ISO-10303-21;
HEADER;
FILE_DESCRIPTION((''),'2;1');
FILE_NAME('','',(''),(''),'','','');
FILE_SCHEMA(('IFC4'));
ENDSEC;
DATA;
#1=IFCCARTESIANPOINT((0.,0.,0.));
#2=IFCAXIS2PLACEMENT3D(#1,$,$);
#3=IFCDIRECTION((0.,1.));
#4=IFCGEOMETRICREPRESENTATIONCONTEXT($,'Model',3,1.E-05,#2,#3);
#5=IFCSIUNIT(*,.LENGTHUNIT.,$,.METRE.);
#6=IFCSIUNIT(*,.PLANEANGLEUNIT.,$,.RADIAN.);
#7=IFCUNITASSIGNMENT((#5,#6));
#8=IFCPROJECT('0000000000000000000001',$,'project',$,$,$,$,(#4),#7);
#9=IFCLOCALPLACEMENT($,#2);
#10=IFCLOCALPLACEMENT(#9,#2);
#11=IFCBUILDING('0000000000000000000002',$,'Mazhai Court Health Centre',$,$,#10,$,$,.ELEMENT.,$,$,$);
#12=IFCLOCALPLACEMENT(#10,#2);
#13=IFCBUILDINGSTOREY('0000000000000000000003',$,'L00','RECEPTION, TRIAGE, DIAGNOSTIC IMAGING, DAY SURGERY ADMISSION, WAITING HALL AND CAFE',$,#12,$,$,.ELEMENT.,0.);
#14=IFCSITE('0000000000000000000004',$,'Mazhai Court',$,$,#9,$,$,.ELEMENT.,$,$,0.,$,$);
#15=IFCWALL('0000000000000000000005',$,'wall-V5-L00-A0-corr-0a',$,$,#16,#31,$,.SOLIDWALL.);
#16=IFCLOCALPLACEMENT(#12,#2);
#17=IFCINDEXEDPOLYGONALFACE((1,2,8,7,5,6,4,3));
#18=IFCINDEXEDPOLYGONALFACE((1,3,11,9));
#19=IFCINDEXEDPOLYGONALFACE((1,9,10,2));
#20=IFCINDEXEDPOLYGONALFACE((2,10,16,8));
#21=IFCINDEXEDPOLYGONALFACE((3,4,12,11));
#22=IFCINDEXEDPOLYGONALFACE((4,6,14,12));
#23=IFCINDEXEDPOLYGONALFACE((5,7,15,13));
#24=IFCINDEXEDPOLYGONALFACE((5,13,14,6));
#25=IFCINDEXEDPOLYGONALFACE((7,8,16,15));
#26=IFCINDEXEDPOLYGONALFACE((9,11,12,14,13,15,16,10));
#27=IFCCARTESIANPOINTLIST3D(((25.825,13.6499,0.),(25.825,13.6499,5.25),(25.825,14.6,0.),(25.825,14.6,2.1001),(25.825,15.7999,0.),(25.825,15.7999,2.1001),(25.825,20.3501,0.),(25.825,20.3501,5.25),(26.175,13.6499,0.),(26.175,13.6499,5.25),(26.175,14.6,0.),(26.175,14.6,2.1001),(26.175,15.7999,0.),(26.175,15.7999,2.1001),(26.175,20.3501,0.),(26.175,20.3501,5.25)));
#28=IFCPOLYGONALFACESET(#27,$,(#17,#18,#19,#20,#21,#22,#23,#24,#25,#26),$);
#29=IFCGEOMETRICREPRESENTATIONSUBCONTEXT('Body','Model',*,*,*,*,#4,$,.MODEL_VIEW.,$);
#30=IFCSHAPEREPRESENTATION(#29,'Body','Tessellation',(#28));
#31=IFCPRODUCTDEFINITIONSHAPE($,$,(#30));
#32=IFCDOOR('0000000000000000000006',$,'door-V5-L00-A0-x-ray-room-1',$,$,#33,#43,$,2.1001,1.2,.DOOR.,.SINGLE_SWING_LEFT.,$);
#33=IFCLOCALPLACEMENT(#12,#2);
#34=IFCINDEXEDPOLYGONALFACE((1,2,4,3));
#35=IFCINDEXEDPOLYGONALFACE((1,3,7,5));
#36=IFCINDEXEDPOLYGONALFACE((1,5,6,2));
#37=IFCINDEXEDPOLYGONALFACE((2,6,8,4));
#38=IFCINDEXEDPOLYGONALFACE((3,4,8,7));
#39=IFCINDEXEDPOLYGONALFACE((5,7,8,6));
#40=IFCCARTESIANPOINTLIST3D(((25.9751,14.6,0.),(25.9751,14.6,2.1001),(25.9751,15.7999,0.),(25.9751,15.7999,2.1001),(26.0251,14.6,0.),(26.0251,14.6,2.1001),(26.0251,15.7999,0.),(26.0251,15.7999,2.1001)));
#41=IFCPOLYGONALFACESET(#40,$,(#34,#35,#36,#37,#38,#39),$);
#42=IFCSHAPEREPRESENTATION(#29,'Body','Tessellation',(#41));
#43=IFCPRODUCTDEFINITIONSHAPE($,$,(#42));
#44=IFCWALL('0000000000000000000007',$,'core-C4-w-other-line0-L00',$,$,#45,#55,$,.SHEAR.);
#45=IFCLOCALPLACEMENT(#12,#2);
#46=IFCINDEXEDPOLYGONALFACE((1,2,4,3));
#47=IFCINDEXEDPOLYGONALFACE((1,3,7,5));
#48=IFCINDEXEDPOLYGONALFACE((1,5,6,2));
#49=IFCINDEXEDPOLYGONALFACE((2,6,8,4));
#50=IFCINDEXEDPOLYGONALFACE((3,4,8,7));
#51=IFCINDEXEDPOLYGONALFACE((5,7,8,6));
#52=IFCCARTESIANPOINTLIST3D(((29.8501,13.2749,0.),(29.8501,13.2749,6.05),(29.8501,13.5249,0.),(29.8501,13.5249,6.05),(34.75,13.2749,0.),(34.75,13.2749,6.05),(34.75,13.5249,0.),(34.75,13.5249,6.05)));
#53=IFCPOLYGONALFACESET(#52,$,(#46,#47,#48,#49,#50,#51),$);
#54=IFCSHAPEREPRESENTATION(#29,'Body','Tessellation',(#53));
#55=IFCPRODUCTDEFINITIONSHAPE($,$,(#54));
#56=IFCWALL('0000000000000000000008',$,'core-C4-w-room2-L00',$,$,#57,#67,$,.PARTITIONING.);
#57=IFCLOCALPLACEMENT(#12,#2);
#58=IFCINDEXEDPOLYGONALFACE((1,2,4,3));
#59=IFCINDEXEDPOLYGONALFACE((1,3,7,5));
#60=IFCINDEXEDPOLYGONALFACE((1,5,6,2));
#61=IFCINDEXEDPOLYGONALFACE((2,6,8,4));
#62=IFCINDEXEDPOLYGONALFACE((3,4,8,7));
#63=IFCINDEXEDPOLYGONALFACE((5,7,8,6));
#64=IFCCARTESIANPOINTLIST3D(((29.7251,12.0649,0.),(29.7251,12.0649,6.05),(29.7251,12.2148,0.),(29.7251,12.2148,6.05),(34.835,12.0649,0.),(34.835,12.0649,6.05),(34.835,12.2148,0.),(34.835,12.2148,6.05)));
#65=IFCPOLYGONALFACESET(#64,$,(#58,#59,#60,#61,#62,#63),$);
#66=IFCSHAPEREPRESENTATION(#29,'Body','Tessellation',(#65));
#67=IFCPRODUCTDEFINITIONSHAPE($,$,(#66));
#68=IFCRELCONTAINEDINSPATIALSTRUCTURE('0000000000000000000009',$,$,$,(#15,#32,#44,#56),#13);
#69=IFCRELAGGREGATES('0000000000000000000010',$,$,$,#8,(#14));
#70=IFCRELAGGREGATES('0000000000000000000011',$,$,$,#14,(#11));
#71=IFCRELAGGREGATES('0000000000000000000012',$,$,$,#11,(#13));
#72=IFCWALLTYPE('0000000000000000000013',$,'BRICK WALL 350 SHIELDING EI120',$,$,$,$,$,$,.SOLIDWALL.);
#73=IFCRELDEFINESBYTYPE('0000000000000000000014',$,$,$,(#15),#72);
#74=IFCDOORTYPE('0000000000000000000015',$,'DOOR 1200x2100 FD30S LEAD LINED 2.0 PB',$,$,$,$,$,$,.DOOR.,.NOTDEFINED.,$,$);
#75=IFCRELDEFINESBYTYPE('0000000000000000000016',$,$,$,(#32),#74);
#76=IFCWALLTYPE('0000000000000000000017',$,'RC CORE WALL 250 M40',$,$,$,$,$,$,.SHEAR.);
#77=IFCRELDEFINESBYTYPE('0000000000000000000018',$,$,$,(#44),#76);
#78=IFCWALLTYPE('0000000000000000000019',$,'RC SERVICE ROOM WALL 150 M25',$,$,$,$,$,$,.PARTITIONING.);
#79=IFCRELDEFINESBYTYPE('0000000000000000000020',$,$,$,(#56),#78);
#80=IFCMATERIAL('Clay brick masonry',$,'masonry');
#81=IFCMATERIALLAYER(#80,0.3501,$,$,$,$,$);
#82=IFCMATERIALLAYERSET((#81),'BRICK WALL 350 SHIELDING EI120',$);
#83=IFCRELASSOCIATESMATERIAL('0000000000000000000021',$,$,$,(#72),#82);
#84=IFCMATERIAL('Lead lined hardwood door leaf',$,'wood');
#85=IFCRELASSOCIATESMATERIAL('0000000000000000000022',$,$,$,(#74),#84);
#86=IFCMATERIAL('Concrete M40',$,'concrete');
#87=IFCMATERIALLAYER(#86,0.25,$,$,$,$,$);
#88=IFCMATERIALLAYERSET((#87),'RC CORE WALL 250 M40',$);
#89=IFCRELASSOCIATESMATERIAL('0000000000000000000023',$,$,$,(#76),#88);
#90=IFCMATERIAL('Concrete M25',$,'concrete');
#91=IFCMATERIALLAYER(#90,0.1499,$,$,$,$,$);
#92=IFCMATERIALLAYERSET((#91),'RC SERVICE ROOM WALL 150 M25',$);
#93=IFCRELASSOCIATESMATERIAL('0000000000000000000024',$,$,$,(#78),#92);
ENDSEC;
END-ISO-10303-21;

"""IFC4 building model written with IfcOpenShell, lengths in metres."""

from ifc_helpers import new_model, si_unit, direction, frame, frame_2d, origin, place, context, subcontext, project, spatial, rectangle, extrude, material, layer, layer_set, type_object, element, fill, save


model = new_model("IFC4")

# Units and contexts
model_context = context("Model", 3, precision=1e-05, world=origin(), true_north=direction((0.0, 1.0)))
body_context = subcontext(model_context, "Body", "Model", "MODEL_VIEW")
ifc_project = project(units=[si_unit("LENGTHUNIT", "METRE"), si_unit("PLANEANGLEUNIT", "RADIAN")], contexts=[model_context])

# Site, building, storey
site_placement = place(None, origin())
site = spatial("IfcSite", under=ifc_project, at=site_placement, Name="Mazhai Court", CompositionType="ELEMENT", RefElevation=0.0)
building_placement = place(site_placement, origin())
building = spatial("IfcBuilding", under=site, at=building_placement, Name="Mazhai Court Health Centre", CompositionType="ELEMENT")
storey_placement = place(building_placement, origin())
storey = spatial("IfcBuildingStorey", under=building, at=storey_placement, Name="L00", Description="RECEPTION, TRIAGE, DIAGNOSTIC IMAGING, DAY SURGERY ADMISSION, WAITING HALL AND CAFE", CompositionType="ELEMENT", Elevation=0.0)

# Wall, opening, door
ifc_material_1 = material(Name="Clay brick masonry", Category="masonry")
ifc_layer_1 = layer(ifc_material_1, 0.3501)
ifc_layer_set_1 = layer_set([ifc_layer_1], Name="BRICK WALL 350 SHIELDING EI120")
wall_type_1 = type_object("IfcWallType", Name="BRICK WALL 350 SHIELDING EI120", PredefinedType="SOLIDWALL", material=ifc_layer_set_1)
wall_1_placement = place(storey_placement, frame((26.0, 13.6499, 0.0), z_axis=(0.0, 0.0, 1.0), x_axis=(0.0, 1.0, 0.0)))
wall_1 = element("IfcWall", 1, at=wall_1_placement, inside=storey, type_object=wall_type_1, Name="wall-V5-L00-A0-corr-0a", PredefinedType="SOLIDWALL", context=body_context, shape_type="SweptSolid", body=[
    extrude(rectangle(XDim=6.7002, YDim=0.3501, at=frame_2d((3.3501, 0.0))), origin(), (0.0, 0.0, 1.0), 5.25),
])
opening_1_placement = place(wall_1_placement, frame((0.95, 0.0, 0.0)))
opening_1 = element("IfcOpeningElement", 2, at=opening_1_placement, cuts=wall_1, PredefinedType="OPENING", context=body_context, shape_type="SweptSolid", body=[
    extrude(rectangle(XDim=1.2, YDim=2.1001, at=frame_2d((0.6001, 1.05))), frame((0.0, 0.1851, 0.0), z_axis=(0.0, -1.0, 0.0), x_axis=(1.0, 0.0, 0.0)), (0.0, 0.0, 1.0), 0.3701),
])
ifc_material_2 = material(Name="Lead lined hardwood door leaf", Category="wood")
door_type_1 = type_object("IfcDoorType", Name="DOOR 1200x2100 FD30S LEAD LINED 2.0 PB", OperationType="NOTDEFINED", PredefinedType="DOOR", material=ifc_material_2)
door_1_placement = place(opening_1_placement, origin())
door_1 = element("IfcDoor", 3, at=door_1_placement, inside=storey, type_object=door_type_1, Name="door-V5-L00-A0-x-ray-room-1", OperationType="SINGLE_SWING_LEFT", OverallHeight=2.1001, OverallWidth=1.2, PredefinedType="DOOR", context=body_context, shape_type="SweptSolid", body=[
    extrude(rectangle(XDim=1.2, YDim=2.1001, at=frame_2d((0.6001, 1.05))), frame((0.0, 0.0249, 0.0), z_axis=(0.0, -1.0, 0.0), x_axis=(1.0, 0.0, 0.0)), (0.0, 0.0, 1.0), 0.05),
])
fill(opening_1, door_1)

# Walls
ifc_material_3 = material(Name="Concrete M40", Category="concrete")
ifc_layer_2 = layer(ifc_material_3, 0.25)
ifc_layer_set_2 = layer_set([ifc_layer_2], Name="RC CORE WALL 250 M40")
wall_type_2 = type_object("IfcWallType", Name="RC CORE WALL 250 M40", PredefinedType="SHEAR", material=ifc_layer_set_2)
wall_2_placement = place(storey_placement, frame((29.8501, 13.3999, 0.0), z_axis=(0.0, 0.0, 1.0), x_axis=(1.0, 0.0, 0.0)))
element("IfcWall", 4, at=wall_2_placement, inside=storey, type_object=wall_type_2, Name="core-C4-w-other-line0-L00", PredefinedType="SHEAR", context=body_context, shape_type="SweptSolid", body=[
    extrude(rectangle(XDim=4.8999, YDim=0.25, at=frame_2d((2.45, 0.0))), origin(), (0.0, 0.0, 1.0), 6.05),
])
ifc_material_4 = material(Name="Concrete M25", Category="concrete")
ifc_layer_3 = layer(ifc_material_4, 0.1499)
ifc_layer_set_3 = layer_set([ifc_layer_3], Name="RC SERVICE ROOM WALL 150 M25")
wall_type_3 = type_object("IfcWallType", Name="RC SERVICE ROOM WALL 150 M25", PredefinedType="PARTITIONING", material=ifc_layer_set_3)
wall_3_placement = place(storey_placement, frame((29.7251, 12.1399, 0.0), z_axis=(0.0, 0.0, 1.0), x_axis=(1.0, 0.0, 0.0)))
element("IfcWall", 5, at=wall_3_placement, inside=storey, type_object=wall_type_3, Name="core-C4-w-room2-L00", PredefinedType="PARTITIONING", context=body_context, shape_type="SweptSolid", body=[
    extrude(rectangle(XDim=5.1099, YDim=0.1499, at=frame_2d((2.5549, 0.0))), origin(), (0.0, 0.0, 1.0), 6.05),
])

save(model, "model.ifc")
